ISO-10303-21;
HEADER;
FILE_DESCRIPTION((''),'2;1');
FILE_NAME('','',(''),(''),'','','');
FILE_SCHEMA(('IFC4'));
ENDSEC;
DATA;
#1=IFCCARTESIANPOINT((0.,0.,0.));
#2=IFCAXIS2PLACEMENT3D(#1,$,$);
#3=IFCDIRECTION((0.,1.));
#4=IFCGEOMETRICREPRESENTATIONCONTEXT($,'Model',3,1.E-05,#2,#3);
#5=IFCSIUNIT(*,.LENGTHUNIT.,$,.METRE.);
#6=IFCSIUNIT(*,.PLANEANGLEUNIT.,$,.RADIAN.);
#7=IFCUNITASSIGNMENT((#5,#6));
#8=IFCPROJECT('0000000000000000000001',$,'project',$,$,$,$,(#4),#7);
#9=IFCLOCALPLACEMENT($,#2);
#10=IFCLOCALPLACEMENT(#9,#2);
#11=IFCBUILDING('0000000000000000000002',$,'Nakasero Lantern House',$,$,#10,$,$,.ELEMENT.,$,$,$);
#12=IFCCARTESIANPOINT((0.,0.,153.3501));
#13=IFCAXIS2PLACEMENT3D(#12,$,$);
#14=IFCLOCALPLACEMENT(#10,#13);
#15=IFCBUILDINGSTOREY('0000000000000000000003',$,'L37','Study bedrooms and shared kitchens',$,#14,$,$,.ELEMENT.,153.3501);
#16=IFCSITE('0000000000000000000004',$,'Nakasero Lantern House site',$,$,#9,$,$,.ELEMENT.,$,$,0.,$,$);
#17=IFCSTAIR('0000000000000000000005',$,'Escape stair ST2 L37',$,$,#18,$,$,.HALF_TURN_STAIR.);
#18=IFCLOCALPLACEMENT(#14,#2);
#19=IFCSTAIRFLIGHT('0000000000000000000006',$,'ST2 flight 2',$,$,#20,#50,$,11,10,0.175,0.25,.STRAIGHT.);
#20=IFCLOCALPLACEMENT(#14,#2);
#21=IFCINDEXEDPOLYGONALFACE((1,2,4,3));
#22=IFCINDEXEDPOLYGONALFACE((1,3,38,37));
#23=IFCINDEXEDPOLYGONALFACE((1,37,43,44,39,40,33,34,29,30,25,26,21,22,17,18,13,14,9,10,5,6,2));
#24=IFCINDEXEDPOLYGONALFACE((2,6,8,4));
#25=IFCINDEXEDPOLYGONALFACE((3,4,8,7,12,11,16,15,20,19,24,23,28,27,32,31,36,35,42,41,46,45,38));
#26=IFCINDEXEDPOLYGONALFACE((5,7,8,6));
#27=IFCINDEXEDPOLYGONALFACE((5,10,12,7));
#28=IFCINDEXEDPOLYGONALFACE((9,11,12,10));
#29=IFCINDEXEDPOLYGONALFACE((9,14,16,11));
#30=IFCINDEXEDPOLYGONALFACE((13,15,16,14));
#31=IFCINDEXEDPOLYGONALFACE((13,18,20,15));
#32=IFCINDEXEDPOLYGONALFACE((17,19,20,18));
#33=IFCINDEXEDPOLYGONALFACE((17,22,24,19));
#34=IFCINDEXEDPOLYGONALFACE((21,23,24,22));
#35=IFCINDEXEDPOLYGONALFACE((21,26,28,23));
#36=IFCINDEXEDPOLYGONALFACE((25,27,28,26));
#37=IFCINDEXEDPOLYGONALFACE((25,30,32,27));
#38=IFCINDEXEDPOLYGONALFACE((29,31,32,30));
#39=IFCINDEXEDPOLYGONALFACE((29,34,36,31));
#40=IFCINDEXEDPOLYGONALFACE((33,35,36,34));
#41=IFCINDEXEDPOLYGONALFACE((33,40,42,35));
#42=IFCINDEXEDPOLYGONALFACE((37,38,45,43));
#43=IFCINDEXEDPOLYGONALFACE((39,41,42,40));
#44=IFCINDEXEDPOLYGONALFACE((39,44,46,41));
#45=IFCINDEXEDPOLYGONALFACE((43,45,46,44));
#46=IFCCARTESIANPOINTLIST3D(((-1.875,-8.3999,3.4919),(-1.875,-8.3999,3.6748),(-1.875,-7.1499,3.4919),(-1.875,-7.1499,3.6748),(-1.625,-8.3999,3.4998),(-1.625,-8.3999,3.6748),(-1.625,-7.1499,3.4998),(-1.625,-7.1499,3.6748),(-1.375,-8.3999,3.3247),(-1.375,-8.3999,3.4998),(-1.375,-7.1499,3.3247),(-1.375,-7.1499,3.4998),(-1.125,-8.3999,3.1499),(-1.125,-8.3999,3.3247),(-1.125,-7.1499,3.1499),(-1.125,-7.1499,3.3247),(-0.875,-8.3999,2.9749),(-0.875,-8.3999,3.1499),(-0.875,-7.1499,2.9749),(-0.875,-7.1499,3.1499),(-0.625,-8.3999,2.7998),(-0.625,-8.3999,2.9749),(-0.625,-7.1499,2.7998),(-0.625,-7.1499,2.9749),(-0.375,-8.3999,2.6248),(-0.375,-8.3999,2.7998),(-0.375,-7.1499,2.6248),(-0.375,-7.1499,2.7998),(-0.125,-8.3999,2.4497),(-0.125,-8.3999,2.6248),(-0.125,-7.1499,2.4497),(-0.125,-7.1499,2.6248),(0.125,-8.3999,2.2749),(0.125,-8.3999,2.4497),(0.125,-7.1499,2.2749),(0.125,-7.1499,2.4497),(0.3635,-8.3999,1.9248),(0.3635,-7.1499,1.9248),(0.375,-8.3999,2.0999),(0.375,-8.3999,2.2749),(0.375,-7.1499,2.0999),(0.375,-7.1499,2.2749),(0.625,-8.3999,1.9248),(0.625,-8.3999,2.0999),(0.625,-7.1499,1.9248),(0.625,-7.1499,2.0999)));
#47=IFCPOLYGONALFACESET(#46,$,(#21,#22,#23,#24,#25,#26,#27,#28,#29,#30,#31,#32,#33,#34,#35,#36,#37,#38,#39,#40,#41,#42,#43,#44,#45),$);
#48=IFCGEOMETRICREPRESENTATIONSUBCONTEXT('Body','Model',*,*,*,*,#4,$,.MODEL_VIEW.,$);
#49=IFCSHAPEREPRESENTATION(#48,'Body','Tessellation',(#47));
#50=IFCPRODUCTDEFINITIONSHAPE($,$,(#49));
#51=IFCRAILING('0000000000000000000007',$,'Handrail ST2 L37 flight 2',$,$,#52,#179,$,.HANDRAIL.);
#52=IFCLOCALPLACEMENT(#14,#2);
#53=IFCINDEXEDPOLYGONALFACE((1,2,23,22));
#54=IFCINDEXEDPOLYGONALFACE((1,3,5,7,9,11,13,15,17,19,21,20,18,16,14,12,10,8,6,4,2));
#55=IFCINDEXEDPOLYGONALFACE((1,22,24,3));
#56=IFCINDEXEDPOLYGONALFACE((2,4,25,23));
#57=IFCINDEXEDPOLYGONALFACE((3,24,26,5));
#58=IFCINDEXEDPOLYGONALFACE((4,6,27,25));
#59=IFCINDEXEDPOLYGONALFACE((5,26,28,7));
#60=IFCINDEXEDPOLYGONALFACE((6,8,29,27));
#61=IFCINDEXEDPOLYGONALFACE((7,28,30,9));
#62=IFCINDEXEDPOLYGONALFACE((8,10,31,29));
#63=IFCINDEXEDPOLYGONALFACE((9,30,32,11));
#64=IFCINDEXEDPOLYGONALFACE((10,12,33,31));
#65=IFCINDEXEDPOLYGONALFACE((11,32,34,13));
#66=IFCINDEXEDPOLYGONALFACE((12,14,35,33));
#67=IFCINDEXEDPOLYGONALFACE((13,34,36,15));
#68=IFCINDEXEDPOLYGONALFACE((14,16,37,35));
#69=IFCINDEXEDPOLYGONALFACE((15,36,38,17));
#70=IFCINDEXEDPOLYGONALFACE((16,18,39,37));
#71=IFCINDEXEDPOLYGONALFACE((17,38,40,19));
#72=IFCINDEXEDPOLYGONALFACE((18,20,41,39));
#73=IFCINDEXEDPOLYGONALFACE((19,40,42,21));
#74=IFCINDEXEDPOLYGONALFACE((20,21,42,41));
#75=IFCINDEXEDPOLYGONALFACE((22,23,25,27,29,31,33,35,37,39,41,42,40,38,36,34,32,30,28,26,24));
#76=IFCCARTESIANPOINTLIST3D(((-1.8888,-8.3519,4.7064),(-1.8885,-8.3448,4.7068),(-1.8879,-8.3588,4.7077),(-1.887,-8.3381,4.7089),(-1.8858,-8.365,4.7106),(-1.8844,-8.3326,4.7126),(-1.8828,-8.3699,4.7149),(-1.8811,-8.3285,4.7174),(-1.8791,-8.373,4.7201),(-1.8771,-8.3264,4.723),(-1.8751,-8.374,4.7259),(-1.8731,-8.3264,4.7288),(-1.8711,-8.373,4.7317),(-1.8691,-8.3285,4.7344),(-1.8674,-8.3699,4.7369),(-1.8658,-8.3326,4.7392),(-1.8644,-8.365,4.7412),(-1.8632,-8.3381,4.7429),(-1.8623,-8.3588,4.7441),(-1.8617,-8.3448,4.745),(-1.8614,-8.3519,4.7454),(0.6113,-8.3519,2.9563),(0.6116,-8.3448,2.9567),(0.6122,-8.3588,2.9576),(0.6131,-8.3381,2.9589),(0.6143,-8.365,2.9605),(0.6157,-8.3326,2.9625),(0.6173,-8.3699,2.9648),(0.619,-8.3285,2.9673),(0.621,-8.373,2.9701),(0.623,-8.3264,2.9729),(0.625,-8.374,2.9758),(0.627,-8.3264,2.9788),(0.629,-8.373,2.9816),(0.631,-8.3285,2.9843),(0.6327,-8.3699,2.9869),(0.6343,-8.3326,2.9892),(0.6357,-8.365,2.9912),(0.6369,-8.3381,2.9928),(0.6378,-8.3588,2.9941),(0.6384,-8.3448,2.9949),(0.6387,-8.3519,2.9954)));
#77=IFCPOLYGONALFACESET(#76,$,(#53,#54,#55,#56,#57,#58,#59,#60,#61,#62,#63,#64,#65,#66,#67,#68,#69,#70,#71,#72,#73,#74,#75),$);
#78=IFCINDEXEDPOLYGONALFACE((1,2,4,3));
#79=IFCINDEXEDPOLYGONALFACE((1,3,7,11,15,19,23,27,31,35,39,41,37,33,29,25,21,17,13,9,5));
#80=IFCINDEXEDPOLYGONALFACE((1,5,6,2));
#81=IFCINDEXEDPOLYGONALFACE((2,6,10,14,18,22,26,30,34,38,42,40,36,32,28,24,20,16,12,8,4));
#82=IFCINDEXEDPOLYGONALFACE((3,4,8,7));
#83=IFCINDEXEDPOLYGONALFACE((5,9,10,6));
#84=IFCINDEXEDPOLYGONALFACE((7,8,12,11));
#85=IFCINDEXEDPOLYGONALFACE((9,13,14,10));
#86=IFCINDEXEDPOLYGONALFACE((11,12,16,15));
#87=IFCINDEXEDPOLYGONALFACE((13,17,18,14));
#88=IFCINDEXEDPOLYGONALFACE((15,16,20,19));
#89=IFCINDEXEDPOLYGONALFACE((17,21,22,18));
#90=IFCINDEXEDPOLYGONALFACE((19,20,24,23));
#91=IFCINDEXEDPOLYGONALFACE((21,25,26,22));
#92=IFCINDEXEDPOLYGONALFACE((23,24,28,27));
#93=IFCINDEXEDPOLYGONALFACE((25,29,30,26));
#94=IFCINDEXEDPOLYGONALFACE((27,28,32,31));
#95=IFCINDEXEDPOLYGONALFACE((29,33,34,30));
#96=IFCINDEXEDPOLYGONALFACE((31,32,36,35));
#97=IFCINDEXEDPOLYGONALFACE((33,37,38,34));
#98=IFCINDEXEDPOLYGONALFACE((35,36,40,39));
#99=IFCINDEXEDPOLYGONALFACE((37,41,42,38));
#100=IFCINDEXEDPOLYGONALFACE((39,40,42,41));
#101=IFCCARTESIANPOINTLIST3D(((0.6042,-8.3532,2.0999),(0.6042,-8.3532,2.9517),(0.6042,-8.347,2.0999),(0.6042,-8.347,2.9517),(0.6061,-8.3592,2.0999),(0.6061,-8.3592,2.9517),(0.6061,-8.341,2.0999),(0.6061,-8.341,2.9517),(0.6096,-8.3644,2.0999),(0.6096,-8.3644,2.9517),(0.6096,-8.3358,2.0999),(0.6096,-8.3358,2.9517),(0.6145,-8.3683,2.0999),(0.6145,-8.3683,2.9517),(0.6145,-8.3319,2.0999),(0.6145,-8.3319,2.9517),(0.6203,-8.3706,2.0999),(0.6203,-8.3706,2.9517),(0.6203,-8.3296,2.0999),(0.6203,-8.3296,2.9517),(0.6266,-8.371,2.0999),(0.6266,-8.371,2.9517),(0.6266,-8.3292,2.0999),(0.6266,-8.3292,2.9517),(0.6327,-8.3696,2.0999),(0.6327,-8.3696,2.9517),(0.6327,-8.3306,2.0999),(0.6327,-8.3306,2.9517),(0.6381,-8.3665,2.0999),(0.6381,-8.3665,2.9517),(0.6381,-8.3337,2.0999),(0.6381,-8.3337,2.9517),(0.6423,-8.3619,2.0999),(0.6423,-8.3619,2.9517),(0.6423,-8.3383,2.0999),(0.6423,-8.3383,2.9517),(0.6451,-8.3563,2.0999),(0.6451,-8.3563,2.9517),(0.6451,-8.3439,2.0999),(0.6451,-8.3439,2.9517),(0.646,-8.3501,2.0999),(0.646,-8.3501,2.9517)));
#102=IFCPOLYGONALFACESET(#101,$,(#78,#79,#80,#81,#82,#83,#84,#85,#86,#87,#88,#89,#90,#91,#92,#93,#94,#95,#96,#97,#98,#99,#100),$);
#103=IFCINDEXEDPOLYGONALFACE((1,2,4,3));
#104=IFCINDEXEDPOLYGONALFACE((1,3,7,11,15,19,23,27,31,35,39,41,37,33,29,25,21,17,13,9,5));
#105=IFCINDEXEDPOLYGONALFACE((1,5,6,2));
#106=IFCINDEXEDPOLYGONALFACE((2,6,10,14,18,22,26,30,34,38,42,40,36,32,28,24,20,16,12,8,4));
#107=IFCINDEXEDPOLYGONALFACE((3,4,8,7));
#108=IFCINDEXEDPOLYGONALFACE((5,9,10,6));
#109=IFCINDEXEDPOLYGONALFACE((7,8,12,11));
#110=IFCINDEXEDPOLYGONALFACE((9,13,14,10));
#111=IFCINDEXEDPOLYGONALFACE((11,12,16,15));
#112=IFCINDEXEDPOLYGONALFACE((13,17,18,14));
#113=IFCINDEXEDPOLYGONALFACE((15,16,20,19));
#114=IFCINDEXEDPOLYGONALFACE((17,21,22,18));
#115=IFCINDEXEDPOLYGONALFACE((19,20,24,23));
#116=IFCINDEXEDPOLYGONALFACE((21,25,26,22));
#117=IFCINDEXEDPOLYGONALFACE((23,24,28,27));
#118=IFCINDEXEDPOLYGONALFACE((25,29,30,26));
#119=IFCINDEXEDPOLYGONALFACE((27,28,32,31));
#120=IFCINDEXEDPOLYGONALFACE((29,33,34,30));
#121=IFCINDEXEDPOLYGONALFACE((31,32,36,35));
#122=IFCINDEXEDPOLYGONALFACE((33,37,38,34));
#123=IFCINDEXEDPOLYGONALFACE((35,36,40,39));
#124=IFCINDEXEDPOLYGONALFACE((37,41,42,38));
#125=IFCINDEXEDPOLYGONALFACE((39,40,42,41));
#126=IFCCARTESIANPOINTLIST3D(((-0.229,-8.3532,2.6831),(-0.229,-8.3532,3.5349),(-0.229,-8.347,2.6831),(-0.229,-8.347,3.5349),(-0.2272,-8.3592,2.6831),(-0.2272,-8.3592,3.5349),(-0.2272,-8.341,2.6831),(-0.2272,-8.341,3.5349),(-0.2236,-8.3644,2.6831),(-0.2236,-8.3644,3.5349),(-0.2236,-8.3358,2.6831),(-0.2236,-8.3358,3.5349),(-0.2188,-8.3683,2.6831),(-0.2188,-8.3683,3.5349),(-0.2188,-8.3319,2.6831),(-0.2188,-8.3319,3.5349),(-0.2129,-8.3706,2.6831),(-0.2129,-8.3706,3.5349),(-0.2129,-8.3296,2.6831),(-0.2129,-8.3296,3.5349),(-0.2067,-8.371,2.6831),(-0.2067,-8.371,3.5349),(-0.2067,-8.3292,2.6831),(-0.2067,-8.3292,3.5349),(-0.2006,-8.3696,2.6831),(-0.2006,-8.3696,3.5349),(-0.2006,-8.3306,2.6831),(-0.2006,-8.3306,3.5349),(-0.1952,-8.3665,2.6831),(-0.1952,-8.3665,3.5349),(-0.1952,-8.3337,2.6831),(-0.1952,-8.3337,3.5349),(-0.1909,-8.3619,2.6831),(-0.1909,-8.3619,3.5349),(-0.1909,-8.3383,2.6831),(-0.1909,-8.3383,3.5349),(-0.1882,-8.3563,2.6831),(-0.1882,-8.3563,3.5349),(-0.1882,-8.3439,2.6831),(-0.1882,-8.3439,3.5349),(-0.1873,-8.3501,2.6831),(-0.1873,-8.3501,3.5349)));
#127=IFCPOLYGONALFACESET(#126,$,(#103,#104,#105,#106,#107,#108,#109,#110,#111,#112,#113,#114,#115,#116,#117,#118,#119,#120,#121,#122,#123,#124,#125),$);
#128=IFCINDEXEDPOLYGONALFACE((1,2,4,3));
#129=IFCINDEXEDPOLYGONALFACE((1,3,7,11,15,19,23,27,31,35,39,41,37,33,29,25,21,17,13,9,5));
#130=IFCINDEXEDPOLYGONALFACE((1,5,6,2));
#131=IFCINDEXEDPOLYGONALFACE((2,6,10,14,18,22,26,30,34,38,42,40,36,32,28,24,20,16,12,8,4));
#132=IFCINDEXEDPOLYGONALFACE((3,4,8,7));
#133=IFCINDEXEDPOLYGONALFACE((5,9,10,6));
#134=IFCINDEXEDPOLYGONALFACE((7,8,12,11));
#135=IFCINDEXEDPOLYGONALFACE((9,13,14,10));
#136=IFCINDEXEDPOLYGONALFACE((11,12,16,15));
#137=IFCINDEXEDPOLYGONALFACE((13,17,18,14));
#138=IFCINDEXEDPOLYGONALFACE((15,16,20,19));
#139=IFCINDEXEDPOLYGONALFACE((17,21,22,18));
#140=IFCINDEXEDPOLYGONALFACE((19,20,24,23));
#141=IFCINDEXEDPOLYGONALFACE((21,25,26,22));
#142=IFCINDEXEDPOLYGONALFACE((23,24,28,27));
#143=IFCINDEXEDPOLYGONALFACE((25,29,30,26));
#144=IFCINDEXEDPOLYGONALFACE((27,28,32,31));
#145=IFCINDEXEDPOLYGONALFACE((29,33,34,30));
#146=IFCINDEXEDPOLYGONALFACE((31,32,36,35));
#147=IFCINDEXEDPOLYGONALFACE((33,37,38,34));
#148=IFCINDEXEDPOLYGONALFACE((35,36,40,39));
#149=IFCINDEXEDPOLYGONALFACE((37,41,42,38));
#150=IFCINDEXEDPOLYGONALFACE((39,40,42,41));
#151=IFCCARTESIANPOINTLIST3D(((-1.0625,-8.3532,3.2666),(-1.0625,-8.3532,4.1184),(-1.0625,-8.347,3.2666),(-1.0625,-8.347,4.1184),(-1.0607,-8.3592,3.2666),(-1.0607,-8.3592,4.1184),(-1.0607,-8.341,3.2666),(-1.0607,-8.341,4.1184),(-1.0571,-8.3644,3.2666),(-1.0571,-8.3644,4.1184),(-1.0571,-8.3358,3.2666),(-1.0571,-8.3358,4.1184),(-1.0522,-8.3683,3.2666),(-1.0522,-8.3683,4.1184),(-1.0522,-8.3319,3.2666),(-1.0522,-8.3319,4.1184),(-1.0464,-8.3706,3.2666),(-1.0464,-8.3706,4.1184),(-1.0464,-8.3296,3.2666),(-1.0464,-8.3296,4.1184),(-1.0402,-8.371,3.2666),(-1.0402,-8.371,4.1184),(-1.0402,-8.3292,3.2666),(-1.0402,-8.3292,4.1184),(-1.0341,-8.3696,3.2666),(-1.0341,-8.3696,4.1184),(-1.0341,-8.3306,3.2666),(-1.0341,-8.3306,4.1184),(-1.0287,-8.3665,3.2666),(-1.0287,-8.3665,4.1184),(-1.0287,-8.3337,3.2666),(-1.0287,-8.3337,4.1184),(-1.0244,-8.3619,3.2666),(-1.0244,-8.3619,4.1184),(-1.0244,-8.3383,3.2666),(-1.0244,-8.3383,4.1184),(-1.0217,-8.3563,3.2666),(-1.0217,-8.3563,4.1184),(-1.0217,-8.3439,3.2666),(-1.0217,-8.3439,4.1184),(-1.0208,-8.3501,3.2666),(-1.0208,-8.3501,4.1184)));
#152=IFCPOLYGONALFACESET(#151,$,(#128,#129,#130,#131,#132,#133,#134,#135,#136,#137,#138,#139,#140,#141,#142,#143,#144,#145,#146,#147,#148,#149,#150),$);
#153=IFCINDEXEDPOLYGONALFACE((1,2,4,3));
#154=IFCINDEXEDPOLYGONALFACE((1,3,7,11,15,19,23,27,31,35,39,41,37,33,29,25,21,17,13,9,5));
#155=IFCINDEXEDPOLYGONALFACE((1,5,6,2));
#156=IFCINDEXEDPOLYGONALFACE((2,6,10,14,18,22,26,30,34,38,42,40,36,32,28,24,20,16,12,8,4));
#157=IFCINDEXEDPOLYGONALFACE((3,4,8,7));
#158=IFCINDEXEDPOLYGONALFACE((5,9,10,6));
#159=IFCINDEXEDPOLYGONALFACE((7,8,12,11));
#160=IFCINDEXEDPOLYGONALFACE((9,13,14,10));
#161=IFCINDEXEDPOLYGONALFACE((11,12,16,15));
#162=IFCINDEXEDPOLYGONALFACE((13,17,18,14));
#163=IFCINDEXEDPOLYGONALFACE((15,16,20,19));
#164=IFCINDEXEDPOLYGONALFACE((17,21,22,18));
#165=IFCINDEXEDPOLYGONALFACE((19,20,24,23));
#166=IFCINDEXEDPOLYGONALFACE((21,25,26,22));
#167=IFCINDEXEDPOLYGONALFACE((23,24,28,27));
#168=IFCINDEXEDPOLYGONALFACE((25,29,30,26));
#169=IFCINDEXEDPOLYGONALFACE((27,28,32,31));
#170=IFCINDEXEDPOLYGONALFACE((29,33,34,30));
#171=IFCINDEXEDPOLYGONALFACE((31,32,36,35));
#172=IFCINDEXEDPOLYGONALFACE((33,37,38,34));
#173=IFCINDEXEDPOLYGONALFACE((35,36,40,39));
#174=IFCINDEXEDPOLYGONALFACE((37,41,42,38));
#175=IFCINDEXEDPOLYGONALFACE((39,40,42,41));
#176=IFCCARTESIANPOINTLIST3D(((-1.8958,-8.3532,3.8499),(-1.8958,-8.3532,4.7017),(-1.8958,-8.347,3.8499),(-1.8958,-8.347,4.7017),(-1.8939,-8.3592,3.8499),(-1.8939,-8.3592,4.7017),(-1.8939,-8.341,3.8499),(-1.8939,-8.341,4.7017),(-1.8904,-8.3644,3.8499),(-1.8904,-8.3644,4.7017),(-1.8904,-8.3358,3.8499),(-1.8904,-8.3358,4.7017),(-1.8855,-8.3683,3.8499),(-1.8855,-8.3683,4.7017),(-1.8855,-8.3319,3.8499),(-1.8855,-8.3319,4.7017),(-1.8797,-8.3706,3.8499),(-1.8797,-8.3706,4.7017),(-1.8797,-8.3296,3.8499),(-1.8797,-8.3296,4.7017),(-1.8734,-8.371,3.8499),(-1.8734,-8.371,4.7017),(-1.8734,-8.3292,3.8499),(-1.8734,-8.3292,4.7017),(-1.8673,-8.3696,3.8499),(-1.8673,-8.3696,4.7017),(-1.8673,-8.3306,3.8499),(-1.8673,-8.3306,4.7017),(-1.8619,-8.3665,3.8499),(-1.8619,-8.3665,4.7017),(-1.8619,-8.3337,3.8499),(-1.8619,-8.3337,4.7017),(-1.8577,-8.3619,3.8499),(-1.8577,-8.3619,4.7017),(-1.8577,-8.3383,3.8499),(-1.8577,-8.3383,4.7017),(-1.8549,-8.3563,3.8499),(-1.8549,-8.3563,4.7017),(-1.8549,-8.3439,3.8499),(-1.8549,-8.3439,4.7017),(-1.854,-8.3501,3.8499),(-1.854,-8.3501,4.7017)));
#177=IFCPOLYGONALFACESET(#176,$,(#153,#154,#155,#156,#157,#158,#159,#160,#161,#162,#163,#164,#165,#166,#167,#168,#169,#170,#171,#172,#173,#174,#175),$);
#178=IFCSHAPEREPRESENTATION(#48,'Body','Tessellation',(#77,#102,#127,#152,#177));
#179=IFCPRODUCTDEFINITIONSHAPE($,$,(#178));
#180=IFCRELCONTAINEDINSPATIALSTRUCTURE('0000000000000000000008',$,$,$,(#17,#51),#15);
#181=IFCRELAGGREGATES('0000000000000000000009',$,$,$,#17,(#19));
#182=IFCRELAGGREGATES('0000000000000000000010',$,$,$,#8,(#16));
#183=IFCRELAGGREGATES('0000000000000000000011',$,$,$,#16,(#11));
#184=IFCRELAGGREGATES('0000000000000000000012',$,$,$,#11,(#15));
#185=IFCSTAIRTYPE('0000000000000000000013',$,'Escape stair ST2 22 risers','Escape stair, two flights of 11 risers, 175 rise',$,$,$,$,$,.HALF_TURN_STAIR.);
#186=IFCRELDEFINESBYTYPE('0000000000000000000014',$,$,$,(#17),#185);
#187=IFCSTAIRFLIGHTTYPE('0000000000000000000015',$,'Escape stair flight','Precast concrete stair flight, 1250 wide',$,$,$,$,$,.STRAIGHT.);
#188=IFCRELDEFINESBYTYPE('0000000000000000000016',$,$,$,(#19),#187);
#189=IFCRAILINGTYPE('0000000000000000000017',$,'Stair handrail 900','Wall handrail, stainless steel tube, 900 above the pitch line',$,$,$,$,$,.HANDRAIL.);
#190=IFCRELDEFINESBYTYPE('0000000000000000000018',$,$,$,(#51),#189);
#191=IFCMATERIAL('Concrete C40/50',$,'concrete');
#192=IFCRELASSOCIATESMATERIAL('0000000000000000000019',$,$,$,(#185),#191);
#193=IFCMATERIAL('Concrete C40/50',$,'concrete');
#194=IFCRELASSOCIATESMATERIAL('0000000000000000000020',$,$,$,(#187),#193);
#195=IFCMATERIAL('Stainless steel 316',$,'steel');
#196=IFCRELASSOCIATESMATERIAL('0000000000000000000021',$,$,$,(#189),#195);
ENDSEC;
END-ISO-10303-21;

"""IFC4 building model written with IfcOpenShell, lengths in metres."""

from ifc_helpers import new_model, si_unit, direction, frame, origin, origin_2d, place, context, subcontext, project, spatial, polyline, circle, outline, extrude, material, type_object, element, aggregate, save


model = new_model("IFC4")

# Units and contexts
model_context = context("Model", 3, precision=1e-05, world=origin(), true_north=direction((0.0, 1.0)))
body_context = subcontext(model_context, "Body", "Model", "MODEL_VIEW")
ifc_project = project(units=[si_unit("LENGTHUNIT", "METRE"), si_unit("PLANEANGLEUNIT", "RADIAN")], contexts=[model_context])

# Site, building, storey
site_placement = place(None, origin())
site = spatial("IfcSite", under=ifc_project, at=site_placement, Name="Nakasero Lantern House site", CompositionType="ELEMENT", RefElevation=0.0)
building_placement = place(site_placement, origin())
building = spatial("IfcBuilding", under=site, at=building_placement, Name="Nakasero Lantern House", CompositionType="ELEMENT")
storey_placement = place(building_placement, frame((0.0, 0.0, 153.3501)))
storey = spatial("IfcBuildingStorey", under=building, at=storey_placement, Name="L37", Description="Study bedrooms and shared kitchens", CompositionType="ELEMENT", Elevation=153.3501)

# Stair, stair flight
ifc_material_1 = material(Name="Concrete C40/50", Category="concrete")
stair_type = type_object("IfcStairType", Name="Escape stair ST2 22 risers", Description="Escape stair, two flights of 11 risers, 175 rise", PredefinedType="HALF_TURN_STAIR", material=ifc_material_1)
stair_placement = place(storey_placement, origin())
stair = element("IfcStair", 1, at=stair_placement, inside=storey, type_object=stair_type, Name="Escape stair ST2 L37", PredefinedType="HALF_TURN_STAIR")
ifc_material_2 = material(Name="Concrete C40/50", Category="concrete")
stair_flight_type = type_object("IfcStairFlightType", Name="Escape stair flight", Description="Precast concrete stair flight, 1250 wide", PredefinedType="STRAIGHT", material=ifc_material_2)
stair_flight_placement = place(storey_placement, frame((0.625, -7.7749, 1.9248), z_axis=(0.0, 0.0, 1.0), x_axis=(-1.0, 0.0, 0.0)))
stair_flight = element("IfcStairFlight", 2, at=stair_flight_placement, type_object=stair_flight_type, Name="ST2 flight 2", NumberOfRisers=11, NumberOfTreads=10, PredefinedType="STRAIGHT", RiserHeight=0.175, TreadLength=0.25, context=body_context, shape_type="SweptSolid", body=[
    extrude(outline(polyline([(0.0, 0.0), (0.0, 0.175), (0.25, 0.175), (0.25, 0.3501), (0.5, 0.3501), (0.5, 0.5249), (0.75, 0.5249), (0.75, 0.7), (1.0, 0.7), (1.0, 0.875), (1.25, 0.875), (1.25, 1.05), (1.5, 1.05), (1.5, 1.2251), (1.75, 1.2251), (1.75, 1.3999), (2.0, 1.3999), (2.0, 1.575), (2.25, 1.575), (2.25, 1.75), (2.5, 1.75), (2.5, 1.925), (2.5, 1.5671), (0.2615, 0.0), (0.0, 0.0)])), frame((0.0, 0.625, 0.0), z_axis=(0.0, -1.0, 0.0), x_axis=(1.0, 0.0, 0.0)), (0.0, 0.0, 1.0), 1.25),
])
aggregate(stair, [stair_flight])

# Railing
ifc_material_3 = material(Name="Stainless steel 316", Category="steel")
railing_type = type_object("IfcRailingType", Name="Stair handrail 900", Description="Wall handrail, stainless steel tube, 900 above the pitch line", PredefinedType="HANDRAIL", material=ifc_material_3)
railing_placement = place(storey_placement, frame((0.625, -8.3501, 2.0999)))
element("IfcRailing", 3, at=railing_placement, inside=storey, type_object=railing_type, Name="Handrail ST2 L37 flight 2", PredefinedType="HANDRAIL", context=body_context, shape_type="SweptSolid", body=[
    extrude(circle(Radius=0.0239, at=origin_2d()), frame((0.0, 0.0, 0.876), z_axis=(-0.819232, 0.0, 0.573462), x_axis=(0.0, -1.0, 0.0)), (0.0, 0.0, 1.0), 3.0518),
    extrude(circle(Radius=0.021, at=origin_2d()), origin(), (0.0, 0.0, 1.0), 0.8518),
    extrude(circle(Radius=0.021, at=origin_2d()), frame((-0.8333, 0.0, 0.5833)), (0.0, 0.0, 1.0), 0.8518),
    extrude(circle(Radius=0.021, at=origin_2d()), frame((-1.6667, 0.0, 1.1667)), (0.0, 0.0, 1.0), 0.8518),
    extrude(circle(Radius=0.021, at=origin_2d()), frame((-2.5, 0.0, 1.75)), (0.0, 0.0, 1.0), 0.8518),
])

save(model, "model.ifc")
